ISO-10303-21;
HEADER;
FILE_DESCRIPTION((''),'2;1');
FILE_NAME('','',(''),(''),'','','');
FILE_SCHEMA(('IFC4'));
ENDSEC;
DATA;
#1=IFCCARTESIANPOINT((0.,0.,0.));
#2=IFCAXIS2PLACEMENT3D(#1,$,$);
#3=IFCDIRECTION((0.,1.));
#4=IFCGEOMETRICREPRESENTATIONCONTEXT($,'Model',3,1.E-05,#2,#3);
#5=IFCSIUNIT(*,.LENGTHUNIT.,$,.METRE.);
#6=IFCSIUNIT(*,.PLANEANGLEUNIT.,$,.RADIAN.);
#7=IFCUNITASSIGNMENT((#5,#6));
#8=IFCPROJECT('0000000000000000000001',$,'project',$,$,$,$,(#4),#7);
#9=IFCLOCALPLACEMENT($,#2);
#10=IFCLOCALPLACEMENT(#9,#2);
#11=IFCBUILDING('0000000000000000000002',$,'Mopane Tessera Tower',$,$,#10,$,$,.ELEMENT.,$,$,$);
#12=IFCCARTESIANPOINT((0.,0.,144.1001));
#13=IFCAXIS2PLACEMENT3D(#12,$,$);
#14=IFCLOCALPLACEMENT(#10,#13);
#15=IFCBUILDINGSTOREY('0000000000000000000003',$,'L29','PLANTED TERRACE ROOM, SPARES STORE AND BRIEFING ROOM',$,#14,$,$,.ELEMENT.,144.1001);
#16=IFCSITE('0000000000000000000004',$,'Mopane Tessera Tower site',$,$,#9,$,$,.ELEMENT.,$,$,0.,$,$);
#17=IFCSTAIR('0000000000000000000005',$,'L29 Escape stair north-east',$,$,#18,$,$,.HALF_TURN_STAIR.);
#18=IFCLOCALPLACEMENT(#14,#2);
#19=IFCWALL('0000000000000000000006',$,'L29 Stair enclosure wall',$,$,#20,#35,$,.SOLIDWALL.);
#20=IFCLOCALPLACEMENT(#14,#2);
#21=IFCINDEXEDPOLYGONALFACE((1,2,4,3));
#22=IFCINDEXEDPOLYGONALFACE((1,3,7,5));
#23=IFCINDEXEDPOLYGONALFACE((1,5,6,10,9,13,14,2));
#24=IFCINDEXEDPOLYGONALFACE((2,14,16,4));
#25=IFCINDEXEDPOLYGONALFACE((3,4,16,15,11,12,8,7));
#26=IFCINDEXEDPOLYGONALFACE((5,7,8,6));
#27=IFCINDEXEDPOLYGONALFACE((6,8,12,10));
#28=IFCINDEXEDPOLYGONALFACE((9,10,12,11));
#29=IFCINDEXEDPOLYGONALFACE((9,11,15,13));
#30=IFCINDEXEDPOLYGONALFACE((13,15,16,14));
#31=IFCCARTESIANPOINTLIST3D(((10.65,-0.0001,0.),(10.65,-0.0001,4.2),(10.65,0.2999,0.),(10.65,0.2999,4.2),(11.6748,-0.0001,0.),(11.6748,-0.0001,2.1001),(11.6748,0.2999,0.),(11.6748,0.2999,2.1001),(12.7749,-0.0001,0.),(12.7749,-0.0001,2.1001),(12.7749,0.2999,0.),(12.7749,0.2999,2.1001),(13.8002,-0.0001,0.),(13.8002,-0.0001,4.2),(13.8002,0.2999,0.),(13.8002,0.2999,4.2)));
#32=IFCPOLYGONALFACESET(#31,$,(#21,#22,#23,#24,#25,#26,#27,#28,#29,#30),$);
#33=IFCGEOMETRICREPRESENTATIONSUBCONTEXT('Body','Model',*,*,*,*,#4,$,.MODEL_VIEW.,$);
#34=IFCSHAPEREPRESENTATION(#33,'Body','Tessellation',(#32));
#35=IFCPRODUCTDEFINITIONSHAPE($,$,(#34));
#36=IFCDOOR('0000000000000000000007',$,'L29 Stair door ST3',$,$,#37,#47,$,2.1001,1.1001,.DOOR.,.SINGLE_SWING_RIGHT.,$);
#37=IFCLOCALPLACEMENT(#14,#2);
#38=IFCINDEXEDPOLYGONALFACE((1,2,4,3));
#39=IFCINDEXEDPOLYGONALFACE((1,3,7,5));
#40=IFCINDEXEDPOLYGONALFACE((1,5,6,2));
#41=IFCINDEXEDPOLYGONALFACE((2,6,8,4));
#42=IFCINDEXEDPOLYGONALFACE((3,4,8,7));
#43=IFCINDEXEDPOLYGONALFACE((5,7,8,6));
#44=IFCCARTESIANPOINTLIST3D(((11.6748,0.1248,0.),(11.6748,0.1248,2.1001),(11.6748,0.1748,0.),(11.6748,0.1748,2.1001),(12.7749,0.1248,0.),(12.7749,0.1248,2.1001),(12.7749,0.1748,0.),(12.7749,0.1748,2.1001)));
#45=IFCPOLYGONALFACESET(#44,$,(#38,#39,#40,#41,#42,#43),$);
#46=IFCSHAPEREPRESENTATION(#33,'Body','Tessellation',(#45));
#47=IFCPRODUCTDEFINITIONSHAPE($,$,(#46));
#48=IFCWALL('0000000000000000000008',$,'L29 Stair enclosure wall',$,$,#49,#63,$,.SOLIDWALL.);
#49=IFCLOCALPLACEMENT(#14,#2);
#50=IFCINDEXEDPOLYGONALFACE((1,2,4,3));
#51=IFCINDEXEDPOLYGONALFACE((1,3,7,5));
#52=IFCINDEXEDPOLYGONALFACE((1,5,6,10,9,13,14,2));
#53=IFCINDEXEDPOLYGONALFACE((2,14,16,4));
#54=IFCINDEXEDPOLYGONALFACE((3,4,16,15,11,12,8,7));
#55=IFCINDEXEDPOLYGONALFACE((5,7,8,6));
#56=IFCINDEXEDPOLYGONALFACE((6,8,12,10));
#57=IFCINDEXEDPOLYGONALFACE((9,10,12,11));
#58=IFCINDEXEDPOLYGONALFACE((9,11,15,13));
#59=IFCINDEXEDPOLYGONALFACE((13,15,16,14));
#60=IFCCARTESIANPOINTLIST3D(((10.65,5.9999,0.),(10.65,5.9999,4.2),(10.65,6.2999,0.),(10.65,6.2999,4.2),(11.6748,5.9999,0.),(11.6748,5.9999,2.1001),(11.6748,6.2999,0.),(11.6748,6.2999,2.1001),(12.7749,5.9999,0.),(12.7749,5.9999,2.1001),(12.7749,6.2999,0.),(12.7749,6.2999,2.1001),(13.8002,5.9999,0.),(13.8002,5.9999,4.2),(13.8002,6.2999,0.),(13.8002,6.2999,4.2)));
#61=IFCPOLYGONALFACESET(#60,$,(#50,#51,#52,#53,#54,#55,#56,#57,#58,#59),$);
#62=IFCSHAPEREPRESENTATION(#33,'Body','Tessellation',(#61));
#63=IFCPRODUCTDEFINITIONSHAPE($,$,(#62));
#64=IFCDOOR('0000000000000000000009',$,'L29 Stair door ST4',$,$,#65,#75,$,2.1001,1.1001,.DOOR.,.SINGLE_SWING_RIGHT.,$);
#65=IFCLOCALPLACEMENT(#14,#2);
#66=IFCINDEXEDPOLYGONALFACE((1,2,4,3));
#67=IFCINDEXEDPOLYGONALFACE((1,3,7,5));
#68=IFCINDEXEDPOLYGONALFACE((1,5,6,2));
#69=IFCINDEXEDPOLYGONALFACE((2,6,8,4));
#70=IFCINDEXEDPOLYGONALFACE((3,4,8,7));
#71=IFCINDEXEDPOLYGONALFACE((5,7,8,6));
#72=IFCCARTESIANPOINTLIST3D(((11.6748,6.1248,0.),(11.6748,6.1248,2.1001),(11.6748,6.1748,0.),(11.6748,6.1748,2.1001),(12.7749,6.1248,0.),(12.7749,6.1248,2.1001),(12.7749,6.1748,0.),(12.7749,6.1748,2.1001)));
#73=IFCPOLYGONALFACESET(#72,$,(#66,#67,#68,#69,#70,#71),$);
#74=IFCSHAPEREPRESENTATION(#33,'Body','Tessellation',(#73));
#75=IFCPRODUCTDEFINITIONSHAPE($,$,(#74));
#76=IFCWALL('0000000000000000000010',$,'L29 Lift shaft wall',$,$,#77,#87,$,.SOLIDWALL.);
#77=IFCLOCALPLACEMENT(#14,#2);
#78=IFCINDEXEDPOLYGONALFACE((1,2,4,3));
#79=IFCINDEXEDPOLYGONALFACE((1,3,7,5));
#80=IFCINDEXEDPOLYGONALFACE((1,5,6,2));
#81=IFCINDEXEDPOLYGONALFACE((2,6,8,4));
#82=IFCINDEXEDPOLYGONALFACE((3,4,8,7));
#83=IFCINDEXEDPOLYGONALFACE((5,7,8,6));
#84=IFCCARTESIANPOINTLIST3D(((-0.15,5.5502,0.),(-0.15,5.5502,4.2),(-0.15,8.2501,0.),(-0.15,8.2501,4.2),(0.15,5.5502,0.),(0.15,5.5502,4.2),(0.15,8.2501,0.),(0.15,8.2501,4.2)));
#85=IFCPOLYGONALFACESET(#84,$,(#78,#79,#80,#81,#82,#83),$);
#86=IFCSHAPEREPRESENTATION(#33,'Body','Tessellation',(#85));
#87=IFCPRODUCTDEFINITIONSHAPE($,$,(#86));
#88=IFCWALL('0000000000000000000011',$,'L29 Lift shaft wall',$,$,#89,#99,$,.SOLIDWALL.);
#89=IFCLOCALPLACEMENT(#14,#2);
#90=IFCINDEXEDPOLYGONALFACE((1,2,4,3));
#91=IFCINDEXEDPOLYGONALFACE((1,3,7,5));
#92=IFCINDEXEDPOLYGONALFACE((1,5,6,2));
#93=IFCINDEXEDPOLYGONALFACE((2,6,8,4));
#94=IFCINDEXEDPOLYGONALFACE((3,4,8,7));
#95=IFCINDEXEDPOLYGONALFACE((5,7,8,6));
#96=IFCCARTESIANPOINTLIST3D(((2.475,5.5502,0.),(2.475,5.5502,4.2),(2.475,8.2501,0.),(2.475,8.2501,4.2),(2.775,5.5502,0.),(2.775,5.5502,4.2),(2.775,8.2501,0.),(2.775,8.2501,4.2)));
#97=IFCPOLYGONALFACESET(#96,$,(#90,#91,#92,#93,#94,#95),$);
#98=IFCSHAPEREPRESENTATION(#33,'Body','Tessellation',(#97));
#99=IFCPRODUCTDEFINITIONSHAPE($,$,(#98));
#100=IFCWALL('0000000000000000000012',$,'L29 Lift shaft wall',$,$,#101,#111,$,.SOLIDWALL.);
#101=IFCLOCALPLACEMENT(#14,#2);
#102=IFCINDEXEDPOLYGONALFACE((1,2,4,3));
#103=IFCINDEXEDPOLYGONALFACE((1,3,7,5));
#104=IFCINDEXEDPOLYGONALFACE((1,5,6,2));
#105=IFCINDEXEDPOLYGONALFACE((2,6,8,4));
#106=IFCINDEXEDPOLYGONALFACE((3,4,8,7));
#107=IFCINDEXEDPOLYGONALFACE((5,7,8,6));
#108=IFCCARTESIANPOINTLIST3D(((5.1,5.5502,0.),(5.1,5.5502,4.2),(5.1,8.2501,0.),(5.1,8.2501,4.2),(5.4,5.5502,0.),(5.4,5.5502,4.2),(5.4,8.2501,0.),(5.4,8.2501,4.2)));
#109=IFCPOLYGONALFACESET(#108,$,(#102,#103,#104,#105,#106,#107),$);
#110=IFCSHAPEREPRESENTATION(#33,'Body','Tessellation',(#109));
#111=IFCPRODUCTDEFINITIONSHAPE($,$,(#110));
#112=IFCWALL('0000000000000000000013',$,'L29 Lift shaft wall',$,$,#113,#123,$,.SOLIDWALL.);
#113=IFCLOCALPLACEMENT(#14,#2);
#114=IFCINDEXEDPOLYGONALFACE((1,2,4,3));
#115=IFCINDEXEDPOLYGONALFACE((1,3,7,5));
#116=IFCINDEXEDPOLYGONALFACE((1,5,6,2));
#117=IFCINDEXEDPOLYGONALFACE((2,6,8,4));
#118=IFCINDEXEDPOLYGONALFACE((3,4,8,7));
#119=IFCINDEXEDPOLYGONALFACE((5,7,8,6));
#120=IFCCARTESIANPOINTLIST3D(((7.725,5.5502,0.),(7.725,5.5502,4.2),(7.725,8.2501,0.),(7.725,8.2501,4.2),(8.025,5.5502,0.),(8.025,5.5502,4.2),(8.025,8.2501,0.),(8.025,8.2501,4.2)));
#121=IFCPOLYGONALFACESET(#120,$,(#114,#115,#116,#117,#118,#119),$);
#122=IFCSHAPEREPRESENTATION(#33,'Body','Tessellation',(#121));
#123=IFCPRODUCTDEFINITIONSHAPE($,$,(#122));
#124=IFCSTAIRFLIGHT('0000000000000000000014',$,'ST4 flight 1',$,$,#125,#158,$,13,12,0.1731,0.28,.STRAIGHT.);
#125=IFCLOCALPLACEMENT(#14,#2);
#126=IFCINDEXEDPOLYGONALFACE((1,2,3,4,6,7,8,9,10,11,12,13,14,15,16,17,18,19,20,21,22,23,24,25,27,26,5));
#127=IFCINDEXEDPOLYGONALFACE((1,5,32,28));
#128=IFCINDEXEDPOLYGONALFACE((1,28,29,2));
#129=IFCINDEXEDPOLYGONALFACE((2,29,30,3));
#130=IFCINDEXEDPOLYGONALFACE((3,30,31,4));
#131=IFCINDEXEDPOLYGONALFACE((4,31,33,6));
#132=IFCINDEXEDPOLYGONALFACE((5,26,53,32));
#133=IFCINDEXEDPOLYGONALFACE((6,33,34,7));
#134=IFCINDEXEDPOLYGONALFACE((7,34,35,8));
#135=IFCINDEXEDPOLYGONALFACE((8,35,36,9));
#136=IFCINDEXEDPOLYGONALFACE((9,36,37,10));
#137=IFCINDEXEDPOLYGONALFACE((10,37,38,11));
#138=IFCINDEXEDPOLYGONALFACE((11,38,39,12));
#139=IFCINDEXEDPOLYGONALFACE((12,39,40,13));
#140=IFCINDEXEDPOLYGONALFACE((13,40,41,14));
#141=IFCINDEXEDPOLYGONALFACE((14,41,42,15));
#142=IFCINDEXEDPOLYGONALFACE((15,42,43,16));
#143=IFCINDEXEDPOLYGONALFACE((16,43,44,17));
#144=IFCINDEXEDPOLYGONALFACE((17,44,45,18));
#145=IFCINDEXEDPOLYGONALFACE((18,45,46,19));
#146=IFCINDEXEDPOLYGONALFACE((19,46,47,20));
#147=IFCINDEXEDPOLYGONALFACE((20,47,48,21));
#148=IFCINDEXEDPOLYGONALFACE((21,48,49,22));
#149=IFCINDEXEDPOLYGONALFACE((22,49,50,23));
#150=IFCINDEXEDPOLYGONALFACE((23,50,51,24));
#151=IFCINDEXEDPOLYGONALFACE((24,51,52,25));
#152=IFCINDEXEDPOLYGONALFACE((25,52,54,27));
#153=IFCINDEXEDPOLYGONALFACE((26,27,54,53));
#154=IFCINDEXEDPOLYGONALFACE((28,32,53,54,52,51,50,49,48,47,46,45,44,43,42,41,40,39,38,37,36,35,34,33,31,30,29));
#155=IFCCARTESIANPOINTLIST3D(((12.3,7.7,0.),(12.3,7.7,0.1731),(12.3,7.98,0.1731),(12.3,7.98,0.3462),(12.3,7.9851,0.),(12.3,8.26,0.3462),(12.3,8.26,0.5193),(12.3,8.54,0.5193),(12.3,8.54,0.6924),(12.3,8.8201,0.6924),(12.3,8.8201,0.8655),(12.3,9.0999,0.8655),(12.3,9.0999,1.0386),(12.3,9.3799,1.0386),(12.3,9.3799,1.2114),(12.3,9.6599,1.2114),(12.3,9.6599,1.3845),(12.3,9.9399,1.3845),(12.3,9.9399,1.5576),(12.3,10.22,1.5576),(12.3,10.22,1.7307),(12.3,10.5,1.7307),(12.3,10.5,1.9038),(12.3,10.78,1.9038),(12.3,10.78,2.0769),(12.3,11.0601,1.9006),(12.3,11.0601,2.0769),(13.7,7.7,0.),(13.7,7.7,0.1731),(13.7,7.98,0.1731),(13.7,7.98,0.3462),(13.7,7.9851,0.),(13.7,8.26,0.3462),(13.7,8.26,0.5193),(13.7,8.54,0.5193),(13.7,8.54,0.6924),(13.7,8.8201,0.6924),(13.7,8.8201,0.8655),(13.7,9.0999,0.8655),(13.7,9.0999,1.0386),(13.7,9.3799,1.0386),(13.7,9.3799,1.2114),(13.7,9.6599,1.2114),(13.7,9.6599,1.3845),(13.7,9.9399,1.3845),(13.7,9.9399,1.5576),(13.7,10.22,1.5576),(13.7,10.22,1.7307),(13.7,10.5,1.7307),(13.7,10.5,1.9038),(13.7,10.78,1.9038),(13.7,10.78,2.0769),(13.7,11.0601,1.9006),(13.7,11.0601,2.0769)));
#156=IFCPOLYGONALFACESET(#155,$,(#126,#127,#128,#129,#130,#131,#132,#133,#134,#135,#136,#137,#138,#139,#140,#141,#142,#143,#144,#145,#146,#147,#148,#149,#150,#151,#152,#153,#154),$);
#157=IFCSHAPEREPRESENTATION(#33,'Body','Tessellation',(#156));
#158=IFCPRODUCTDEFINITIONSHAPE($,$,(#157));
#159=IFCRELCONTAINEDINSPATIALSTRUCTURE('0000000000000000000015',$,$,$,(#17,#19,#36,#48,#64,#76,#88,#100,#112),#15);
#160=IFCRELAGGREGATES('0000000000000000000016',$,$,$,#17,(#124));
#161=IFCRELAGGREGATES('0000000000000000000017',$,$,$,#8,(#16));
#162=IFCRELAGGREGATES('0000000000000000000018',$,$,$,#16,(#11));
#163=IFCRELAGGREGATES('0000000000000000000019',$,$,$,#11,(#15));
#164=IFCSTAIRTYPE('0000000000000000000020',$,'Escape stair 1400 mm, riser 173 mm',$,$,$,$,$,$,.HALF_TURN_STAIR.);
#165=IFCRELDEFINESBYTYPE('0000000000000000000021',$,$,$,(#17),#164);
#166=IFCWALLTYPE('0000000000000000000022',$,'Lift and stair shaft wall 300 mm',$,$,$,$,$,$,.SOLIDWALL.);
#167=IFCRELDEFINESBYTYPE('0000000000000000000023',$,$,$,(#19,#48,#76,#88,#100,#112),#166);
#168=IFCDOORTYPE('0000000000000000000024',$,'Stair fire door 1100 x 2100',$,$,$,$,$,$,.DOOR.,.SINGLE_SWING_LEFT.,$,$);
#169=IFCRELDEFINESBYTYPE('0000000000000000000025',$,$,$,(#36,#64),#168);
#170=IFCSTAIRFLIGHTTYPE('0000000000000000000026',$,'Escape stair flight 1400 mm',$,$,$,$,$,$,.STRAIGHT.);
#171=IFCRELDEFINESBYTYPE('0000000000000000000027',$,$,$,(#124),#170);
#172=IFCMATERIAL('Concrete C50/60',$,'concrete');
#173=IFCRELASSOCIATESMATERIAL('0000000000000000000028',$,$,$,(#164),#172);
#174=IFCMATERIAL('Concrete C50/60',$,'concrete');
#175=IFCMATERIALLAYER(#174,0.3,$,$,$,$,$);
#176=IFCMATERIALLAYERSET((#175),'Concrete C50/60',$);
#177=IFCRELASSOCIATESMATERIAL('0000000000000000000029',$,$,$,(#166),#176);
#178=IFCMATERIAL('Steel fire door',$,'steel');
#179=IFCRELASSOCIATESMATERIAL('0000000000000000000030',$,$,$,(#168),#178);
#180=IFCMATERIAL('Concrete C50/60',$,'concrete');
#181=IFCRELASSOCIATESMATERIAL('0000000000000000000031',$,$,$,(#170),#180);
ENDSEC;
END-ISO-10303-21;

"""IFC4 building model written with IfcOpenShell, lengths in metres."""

from ifc_helpers import new_model, si_unit, direction, frame, frame_2d, origin, place, context, subcontext, project, spatial, polyline, rectangle, outline, extrude, material, layer, layer_set, type_object, element, fill, aggregate, save


model = new_model("IFC4")

# Units and contexts
model_context = context("Model", 3, precision=1e-05, world=origin(), true_north=direction((0.0, 1.0)))
body_context = subcontext(model_context, "Body", "Model", "MODEL_VIEW")
ifc_project = project(units=[si_unit("LENGTHUNIT", "METRE"), si_unit("PLANEANGLEUNIT", "RADIAN")], contexts=[model_context])

# Site, building, storey
site_placement = place(None, origin())
site = spatial("IfcSite", under=ifc_project, at=site_placement, Name="Mopane Tessera Tower site", CompositionType="ELEMENT", RefElevation=0.0)
building_placement = place(site_placement, origin())
building = spatial("IfcBuilding", under=site, at=building_placement, Name="Mopane Tessera Tower", CompositionType="ELEMENT")
storey_placement = place(building_placement, frame((0.0, 0.0, 144.1001)))
storey = spatial("IfcBuildingStorey", under=building, at=storey_placement, Name="L29", Description="PLANTED TERRACE ROOM, SPARES STORE AND BRIEFING ROOM", CompositionType="ELEMENT", Elevation=144.1001)

# Stair
ifc_material_1 = material(Name="Concrete C50/60", Category="concrete")
stair_type = type_object("IfcStairType", Name="Escape stair 1400 mm, riser 173 mm", PredefinedType="HALF_TURN_STAIR", material=ifc_material_1)
stair_1_placement = place(storey_placement, origin())
stair_1 = element("IfcStair", 1, at=stair_1_placement, inside=storey, type_object=stair_type, Name="L29 Escape stair north-east", PredefinedType="HALF_TURN_STAIR")

# Walls, openings, doors
ifc_material_2 = material(Name="Concrete C50/60", Category="concrete")
ifc_layer_1 = layer(ifc_material_2, 0.3)
ifc_layer_set_1 = layer_set([ifc_layer_1], Name="Concrete C50/60")
wall_type_1 = type_object("IfcWallType", Name="Lift and stair shaft wall 300 mm", PredefinedType="SOLIDWALL", material=ifc_layer_set_1)
wall_1_placement = place(storey_placement, frame((10.6499, 0.1499, 0.0), z_axis=(0.0, 0.0, 1.0), x_axis=(1.0, 0.0, 0.0)))
wall_1 = element("IfcWall", 2, at=wall_1_placement, inside=storey, type_object=wall_type_1, Name="L29 Stair enclosure wall", PredefinedType="SOLIDWALL", context=body_context, shape_type="SweptSolid", body=[
    extrude(rectangle(XDim=3.1501, YDim=0.3, at=frame_2d((1.5752, 0.0))), origin(), (0.0, 0.0, 1.0), 4.2),
])
opening_1_placement = place(wall_1_placement, frame((1.0249, 0.0, 0.0)))
opening_1 = element("IfcOpeningElement", 3, at=opening_1_placement, cuts=wall_1, PredefinedType="OPENING", context=body_context, shape_type="SweptSolid", body=[
    extrude(rectangle(XDim=1.1001, YDim=2.1001, at=frame_2d((0.55, 1.05))), frame((0.0, 0.1621, 0.0), z_axis=(0.0, -1.0, 0.0), x_axis=(1.0, 0.0, 0.0)), (0.0, 0.0, 1.0), 0.324),
])
ifc_material_3 = material(Name="Steel fire door", Category="steel")
door_type = type_object("IfcDoorType", Name="Stair fire door 1100 x 2100", OperationType="SINGLE_SWING_LEFT", PredefinedType="DOOR", material=ifc_material_3)
door_1_placement = place(opening_1_placement, origin())
door_1 = element("IfcDoor", 4, at=door_1_placement, inside=storey, type_object=door_type, Name="L29 Stair door ST3", OperationType="SINGLE_SWING_RIGHT", OverallHeight=2.1001, OverallWidth=1.1001, PredefinedType="DOOR", context=body_context, shape_type="SweptSolid", body=[
    extrude(rectangle(XDim=1.1001, YDim=2.1001, at=frame_2d((0.55, 1.05))), frame((0.0, 0.0249, 0.0), z_axis=(0.0, -1.0, 0.0), x_axis=(1.0, 0.0, 0.0)), (0.0, 0.0, 1.0), 0.05),
])
fill(opening_1, door_1)
wall_2_placement = place(storey_placement, frame((10.6499, 6.1499, 0.0), z_axis=(0.0, 0.0, 1.0), x_axis=(1.0, 0.0, 0.0)))
wall_2 = element("IfcWall", 5, at=wall_2_placement, inside=storey, type_object=wall_type_1, Name="L29 Stair enclosure wall", PredefinedType="SOLIDWALL", context=body_context, shape_type="SweptSolid", body=[
    extrude(rectangle(XDim=3.1501, YDim=0.3, at=frame_2d((1.5752, 0.0))), origin(), (0.0, 0.0, 1.0), 4.2),
])
opening_2_placement = place(wall_2_placement, frame((1.0249, 0.0, 0.0)))
opening_2 = element("IfcOpeningElement", 6, at=opening_2_placement, cuts=wall_2, PredefinedType="OPENING", context=body_context, shape_type="SweptSolid", body=[
    extrude(rectangle(XDim=1.1001, YDim=2.1001, at=frame_2d((0.55, 1.05))), frame((0.0, 0.1621, 0.0), z_axis=(0.0, -1.0, 0.0), x_axis=(1.0, 0.0, 0.0)), (0.0, 0.0, 1.0), 0.324),
])
door_2_placement = place(opening_2_placement, origin())
door_2 = element("IfcDoor", 7, at=door_2_placement, inside=storey, type_object=door_type, Name="L29 Stair door ST4", OperationType="SINGLE_SWING_RIGHT", OverallHeight=2.1001, OverallWidth=1.1001, PredefinedType="DOOR", context=body_context, shape_type="SweptSolid", body=[
    extrude(rectangle(XDim=1.1001, YDim=2.1001, at=frame_2d((0.55, 1.05))), frame((0.0, 0.0249, 0.0), z_axis=(0.0, -1.0, 0.0), x_axis=(1.0, 0.0, 0.0)), (0.0, 0.0, 1.0), 0.05),
])
fill(opening_2, door_2)

# Walls
for number, where, z_axis, x_axis, name in (
    (8, (0.0, 5.55, 0.0), (0.0, 0.0, 1.0), (0.0, 1.0, 0.0), "L29 Lift shaft wall"),
    (9, (2.625, 5.55, 0.0), (0.0, 0.0, 1.0), (0.0, 1.0, 0.0), "L29 Lift shaft wall"),
    (10, (5.25, 5.55, 0.0), (0.0, 0.0, 1.0), (0.0, 1.0, 0.0), "L29 Lift shaft wall"),
    (11, (7.875, 5.55, 0.0), (0.0, 0.0, 1.0), (0.0, 1.0, 0.0), "L29 Lift shaft wall"),
):
    element("IfcWall", number, at=place(storey_placement, frame(where, z_axis=z_axis, x_axis=x_axis)), inside=storey, type_object=wall_type_1, Name=name, PredefinedType="SOLIDWALL", context=body_context, shape_type="SweptSolid", body=[
        extrude(rectangle(XDim=2.7, YDim=0.3, at=frame_2d((1.3501, 0.0))), origin(), (0.0, 0.0, 1.0), 4.2),
    ])

# Stair flight
ifc_material_4 = material(Name="Concrete C50/60", Category="concrete")
stair_flight_type = type_object("IfcStairFlightType", Name="Escape stair flight 1400 mm", PredefinedType="STRAIGHT", material=ifc_material_4)
stair_flight_1_placement = place(storey_placement, frame((13.0, 7.7, 0.0), z_axis=(0.0, 0.0, 1.0), x_axis=(0.0, 1.0, 0.0)))
stair_flight_1 = element("IfcStairFlight", 12, at=stair_flight_1_placement, type_object=stair_flight_type, Name="ST4 flight 1", NumberOfRisers=13, NumberOfTreads=12, PredefinedType="STRAIGHT", RiserHeight=0.1731, TreadLength=0.28, context=body_context, shape_type="SweptSolid", body=[
    extrude(outline(polyline([(0.0, 0.0), (0.0, 0.1731), (0.28, 0.1731), (0.28, 0.3462), (0.5601, 0.3462), (0.5601, 0.5193), (0.8401, 0.5193), (0.8401, 0.6924), (1.1201, 0.6924), (1.1201, 0.8655), (1.3999, 0.8655), (1.3999, 1.0386), (1.6799, 1.0386), (1.6799, 1.2114), (1.96, 1.2114), (1.96, 1.3845), (2.24, 1.3845), (2.24, 1.5576), (2.52, 1.5576), (2.52, 1.7307), (2.8, 1.7307), (2.8, 1.9038), (3.0801, 1.9038), (3.0801, 2.0769), (3.3601, 2.0769), (3.3601, 2.25), (3.3601, 1.9006), (0.2852, 0.0), (0.0, 0.0)])), frame((0.0, 0.7, 0.0), z_axis=(0.0, -1.0, 0.0), x_axis=(1.0, 0.0, 0.0)), (0.0, 0.0, 1.0), 1.3999),
])
aggregate(stair_1, [stair_flight_1])

save(model, "model.ifc")
